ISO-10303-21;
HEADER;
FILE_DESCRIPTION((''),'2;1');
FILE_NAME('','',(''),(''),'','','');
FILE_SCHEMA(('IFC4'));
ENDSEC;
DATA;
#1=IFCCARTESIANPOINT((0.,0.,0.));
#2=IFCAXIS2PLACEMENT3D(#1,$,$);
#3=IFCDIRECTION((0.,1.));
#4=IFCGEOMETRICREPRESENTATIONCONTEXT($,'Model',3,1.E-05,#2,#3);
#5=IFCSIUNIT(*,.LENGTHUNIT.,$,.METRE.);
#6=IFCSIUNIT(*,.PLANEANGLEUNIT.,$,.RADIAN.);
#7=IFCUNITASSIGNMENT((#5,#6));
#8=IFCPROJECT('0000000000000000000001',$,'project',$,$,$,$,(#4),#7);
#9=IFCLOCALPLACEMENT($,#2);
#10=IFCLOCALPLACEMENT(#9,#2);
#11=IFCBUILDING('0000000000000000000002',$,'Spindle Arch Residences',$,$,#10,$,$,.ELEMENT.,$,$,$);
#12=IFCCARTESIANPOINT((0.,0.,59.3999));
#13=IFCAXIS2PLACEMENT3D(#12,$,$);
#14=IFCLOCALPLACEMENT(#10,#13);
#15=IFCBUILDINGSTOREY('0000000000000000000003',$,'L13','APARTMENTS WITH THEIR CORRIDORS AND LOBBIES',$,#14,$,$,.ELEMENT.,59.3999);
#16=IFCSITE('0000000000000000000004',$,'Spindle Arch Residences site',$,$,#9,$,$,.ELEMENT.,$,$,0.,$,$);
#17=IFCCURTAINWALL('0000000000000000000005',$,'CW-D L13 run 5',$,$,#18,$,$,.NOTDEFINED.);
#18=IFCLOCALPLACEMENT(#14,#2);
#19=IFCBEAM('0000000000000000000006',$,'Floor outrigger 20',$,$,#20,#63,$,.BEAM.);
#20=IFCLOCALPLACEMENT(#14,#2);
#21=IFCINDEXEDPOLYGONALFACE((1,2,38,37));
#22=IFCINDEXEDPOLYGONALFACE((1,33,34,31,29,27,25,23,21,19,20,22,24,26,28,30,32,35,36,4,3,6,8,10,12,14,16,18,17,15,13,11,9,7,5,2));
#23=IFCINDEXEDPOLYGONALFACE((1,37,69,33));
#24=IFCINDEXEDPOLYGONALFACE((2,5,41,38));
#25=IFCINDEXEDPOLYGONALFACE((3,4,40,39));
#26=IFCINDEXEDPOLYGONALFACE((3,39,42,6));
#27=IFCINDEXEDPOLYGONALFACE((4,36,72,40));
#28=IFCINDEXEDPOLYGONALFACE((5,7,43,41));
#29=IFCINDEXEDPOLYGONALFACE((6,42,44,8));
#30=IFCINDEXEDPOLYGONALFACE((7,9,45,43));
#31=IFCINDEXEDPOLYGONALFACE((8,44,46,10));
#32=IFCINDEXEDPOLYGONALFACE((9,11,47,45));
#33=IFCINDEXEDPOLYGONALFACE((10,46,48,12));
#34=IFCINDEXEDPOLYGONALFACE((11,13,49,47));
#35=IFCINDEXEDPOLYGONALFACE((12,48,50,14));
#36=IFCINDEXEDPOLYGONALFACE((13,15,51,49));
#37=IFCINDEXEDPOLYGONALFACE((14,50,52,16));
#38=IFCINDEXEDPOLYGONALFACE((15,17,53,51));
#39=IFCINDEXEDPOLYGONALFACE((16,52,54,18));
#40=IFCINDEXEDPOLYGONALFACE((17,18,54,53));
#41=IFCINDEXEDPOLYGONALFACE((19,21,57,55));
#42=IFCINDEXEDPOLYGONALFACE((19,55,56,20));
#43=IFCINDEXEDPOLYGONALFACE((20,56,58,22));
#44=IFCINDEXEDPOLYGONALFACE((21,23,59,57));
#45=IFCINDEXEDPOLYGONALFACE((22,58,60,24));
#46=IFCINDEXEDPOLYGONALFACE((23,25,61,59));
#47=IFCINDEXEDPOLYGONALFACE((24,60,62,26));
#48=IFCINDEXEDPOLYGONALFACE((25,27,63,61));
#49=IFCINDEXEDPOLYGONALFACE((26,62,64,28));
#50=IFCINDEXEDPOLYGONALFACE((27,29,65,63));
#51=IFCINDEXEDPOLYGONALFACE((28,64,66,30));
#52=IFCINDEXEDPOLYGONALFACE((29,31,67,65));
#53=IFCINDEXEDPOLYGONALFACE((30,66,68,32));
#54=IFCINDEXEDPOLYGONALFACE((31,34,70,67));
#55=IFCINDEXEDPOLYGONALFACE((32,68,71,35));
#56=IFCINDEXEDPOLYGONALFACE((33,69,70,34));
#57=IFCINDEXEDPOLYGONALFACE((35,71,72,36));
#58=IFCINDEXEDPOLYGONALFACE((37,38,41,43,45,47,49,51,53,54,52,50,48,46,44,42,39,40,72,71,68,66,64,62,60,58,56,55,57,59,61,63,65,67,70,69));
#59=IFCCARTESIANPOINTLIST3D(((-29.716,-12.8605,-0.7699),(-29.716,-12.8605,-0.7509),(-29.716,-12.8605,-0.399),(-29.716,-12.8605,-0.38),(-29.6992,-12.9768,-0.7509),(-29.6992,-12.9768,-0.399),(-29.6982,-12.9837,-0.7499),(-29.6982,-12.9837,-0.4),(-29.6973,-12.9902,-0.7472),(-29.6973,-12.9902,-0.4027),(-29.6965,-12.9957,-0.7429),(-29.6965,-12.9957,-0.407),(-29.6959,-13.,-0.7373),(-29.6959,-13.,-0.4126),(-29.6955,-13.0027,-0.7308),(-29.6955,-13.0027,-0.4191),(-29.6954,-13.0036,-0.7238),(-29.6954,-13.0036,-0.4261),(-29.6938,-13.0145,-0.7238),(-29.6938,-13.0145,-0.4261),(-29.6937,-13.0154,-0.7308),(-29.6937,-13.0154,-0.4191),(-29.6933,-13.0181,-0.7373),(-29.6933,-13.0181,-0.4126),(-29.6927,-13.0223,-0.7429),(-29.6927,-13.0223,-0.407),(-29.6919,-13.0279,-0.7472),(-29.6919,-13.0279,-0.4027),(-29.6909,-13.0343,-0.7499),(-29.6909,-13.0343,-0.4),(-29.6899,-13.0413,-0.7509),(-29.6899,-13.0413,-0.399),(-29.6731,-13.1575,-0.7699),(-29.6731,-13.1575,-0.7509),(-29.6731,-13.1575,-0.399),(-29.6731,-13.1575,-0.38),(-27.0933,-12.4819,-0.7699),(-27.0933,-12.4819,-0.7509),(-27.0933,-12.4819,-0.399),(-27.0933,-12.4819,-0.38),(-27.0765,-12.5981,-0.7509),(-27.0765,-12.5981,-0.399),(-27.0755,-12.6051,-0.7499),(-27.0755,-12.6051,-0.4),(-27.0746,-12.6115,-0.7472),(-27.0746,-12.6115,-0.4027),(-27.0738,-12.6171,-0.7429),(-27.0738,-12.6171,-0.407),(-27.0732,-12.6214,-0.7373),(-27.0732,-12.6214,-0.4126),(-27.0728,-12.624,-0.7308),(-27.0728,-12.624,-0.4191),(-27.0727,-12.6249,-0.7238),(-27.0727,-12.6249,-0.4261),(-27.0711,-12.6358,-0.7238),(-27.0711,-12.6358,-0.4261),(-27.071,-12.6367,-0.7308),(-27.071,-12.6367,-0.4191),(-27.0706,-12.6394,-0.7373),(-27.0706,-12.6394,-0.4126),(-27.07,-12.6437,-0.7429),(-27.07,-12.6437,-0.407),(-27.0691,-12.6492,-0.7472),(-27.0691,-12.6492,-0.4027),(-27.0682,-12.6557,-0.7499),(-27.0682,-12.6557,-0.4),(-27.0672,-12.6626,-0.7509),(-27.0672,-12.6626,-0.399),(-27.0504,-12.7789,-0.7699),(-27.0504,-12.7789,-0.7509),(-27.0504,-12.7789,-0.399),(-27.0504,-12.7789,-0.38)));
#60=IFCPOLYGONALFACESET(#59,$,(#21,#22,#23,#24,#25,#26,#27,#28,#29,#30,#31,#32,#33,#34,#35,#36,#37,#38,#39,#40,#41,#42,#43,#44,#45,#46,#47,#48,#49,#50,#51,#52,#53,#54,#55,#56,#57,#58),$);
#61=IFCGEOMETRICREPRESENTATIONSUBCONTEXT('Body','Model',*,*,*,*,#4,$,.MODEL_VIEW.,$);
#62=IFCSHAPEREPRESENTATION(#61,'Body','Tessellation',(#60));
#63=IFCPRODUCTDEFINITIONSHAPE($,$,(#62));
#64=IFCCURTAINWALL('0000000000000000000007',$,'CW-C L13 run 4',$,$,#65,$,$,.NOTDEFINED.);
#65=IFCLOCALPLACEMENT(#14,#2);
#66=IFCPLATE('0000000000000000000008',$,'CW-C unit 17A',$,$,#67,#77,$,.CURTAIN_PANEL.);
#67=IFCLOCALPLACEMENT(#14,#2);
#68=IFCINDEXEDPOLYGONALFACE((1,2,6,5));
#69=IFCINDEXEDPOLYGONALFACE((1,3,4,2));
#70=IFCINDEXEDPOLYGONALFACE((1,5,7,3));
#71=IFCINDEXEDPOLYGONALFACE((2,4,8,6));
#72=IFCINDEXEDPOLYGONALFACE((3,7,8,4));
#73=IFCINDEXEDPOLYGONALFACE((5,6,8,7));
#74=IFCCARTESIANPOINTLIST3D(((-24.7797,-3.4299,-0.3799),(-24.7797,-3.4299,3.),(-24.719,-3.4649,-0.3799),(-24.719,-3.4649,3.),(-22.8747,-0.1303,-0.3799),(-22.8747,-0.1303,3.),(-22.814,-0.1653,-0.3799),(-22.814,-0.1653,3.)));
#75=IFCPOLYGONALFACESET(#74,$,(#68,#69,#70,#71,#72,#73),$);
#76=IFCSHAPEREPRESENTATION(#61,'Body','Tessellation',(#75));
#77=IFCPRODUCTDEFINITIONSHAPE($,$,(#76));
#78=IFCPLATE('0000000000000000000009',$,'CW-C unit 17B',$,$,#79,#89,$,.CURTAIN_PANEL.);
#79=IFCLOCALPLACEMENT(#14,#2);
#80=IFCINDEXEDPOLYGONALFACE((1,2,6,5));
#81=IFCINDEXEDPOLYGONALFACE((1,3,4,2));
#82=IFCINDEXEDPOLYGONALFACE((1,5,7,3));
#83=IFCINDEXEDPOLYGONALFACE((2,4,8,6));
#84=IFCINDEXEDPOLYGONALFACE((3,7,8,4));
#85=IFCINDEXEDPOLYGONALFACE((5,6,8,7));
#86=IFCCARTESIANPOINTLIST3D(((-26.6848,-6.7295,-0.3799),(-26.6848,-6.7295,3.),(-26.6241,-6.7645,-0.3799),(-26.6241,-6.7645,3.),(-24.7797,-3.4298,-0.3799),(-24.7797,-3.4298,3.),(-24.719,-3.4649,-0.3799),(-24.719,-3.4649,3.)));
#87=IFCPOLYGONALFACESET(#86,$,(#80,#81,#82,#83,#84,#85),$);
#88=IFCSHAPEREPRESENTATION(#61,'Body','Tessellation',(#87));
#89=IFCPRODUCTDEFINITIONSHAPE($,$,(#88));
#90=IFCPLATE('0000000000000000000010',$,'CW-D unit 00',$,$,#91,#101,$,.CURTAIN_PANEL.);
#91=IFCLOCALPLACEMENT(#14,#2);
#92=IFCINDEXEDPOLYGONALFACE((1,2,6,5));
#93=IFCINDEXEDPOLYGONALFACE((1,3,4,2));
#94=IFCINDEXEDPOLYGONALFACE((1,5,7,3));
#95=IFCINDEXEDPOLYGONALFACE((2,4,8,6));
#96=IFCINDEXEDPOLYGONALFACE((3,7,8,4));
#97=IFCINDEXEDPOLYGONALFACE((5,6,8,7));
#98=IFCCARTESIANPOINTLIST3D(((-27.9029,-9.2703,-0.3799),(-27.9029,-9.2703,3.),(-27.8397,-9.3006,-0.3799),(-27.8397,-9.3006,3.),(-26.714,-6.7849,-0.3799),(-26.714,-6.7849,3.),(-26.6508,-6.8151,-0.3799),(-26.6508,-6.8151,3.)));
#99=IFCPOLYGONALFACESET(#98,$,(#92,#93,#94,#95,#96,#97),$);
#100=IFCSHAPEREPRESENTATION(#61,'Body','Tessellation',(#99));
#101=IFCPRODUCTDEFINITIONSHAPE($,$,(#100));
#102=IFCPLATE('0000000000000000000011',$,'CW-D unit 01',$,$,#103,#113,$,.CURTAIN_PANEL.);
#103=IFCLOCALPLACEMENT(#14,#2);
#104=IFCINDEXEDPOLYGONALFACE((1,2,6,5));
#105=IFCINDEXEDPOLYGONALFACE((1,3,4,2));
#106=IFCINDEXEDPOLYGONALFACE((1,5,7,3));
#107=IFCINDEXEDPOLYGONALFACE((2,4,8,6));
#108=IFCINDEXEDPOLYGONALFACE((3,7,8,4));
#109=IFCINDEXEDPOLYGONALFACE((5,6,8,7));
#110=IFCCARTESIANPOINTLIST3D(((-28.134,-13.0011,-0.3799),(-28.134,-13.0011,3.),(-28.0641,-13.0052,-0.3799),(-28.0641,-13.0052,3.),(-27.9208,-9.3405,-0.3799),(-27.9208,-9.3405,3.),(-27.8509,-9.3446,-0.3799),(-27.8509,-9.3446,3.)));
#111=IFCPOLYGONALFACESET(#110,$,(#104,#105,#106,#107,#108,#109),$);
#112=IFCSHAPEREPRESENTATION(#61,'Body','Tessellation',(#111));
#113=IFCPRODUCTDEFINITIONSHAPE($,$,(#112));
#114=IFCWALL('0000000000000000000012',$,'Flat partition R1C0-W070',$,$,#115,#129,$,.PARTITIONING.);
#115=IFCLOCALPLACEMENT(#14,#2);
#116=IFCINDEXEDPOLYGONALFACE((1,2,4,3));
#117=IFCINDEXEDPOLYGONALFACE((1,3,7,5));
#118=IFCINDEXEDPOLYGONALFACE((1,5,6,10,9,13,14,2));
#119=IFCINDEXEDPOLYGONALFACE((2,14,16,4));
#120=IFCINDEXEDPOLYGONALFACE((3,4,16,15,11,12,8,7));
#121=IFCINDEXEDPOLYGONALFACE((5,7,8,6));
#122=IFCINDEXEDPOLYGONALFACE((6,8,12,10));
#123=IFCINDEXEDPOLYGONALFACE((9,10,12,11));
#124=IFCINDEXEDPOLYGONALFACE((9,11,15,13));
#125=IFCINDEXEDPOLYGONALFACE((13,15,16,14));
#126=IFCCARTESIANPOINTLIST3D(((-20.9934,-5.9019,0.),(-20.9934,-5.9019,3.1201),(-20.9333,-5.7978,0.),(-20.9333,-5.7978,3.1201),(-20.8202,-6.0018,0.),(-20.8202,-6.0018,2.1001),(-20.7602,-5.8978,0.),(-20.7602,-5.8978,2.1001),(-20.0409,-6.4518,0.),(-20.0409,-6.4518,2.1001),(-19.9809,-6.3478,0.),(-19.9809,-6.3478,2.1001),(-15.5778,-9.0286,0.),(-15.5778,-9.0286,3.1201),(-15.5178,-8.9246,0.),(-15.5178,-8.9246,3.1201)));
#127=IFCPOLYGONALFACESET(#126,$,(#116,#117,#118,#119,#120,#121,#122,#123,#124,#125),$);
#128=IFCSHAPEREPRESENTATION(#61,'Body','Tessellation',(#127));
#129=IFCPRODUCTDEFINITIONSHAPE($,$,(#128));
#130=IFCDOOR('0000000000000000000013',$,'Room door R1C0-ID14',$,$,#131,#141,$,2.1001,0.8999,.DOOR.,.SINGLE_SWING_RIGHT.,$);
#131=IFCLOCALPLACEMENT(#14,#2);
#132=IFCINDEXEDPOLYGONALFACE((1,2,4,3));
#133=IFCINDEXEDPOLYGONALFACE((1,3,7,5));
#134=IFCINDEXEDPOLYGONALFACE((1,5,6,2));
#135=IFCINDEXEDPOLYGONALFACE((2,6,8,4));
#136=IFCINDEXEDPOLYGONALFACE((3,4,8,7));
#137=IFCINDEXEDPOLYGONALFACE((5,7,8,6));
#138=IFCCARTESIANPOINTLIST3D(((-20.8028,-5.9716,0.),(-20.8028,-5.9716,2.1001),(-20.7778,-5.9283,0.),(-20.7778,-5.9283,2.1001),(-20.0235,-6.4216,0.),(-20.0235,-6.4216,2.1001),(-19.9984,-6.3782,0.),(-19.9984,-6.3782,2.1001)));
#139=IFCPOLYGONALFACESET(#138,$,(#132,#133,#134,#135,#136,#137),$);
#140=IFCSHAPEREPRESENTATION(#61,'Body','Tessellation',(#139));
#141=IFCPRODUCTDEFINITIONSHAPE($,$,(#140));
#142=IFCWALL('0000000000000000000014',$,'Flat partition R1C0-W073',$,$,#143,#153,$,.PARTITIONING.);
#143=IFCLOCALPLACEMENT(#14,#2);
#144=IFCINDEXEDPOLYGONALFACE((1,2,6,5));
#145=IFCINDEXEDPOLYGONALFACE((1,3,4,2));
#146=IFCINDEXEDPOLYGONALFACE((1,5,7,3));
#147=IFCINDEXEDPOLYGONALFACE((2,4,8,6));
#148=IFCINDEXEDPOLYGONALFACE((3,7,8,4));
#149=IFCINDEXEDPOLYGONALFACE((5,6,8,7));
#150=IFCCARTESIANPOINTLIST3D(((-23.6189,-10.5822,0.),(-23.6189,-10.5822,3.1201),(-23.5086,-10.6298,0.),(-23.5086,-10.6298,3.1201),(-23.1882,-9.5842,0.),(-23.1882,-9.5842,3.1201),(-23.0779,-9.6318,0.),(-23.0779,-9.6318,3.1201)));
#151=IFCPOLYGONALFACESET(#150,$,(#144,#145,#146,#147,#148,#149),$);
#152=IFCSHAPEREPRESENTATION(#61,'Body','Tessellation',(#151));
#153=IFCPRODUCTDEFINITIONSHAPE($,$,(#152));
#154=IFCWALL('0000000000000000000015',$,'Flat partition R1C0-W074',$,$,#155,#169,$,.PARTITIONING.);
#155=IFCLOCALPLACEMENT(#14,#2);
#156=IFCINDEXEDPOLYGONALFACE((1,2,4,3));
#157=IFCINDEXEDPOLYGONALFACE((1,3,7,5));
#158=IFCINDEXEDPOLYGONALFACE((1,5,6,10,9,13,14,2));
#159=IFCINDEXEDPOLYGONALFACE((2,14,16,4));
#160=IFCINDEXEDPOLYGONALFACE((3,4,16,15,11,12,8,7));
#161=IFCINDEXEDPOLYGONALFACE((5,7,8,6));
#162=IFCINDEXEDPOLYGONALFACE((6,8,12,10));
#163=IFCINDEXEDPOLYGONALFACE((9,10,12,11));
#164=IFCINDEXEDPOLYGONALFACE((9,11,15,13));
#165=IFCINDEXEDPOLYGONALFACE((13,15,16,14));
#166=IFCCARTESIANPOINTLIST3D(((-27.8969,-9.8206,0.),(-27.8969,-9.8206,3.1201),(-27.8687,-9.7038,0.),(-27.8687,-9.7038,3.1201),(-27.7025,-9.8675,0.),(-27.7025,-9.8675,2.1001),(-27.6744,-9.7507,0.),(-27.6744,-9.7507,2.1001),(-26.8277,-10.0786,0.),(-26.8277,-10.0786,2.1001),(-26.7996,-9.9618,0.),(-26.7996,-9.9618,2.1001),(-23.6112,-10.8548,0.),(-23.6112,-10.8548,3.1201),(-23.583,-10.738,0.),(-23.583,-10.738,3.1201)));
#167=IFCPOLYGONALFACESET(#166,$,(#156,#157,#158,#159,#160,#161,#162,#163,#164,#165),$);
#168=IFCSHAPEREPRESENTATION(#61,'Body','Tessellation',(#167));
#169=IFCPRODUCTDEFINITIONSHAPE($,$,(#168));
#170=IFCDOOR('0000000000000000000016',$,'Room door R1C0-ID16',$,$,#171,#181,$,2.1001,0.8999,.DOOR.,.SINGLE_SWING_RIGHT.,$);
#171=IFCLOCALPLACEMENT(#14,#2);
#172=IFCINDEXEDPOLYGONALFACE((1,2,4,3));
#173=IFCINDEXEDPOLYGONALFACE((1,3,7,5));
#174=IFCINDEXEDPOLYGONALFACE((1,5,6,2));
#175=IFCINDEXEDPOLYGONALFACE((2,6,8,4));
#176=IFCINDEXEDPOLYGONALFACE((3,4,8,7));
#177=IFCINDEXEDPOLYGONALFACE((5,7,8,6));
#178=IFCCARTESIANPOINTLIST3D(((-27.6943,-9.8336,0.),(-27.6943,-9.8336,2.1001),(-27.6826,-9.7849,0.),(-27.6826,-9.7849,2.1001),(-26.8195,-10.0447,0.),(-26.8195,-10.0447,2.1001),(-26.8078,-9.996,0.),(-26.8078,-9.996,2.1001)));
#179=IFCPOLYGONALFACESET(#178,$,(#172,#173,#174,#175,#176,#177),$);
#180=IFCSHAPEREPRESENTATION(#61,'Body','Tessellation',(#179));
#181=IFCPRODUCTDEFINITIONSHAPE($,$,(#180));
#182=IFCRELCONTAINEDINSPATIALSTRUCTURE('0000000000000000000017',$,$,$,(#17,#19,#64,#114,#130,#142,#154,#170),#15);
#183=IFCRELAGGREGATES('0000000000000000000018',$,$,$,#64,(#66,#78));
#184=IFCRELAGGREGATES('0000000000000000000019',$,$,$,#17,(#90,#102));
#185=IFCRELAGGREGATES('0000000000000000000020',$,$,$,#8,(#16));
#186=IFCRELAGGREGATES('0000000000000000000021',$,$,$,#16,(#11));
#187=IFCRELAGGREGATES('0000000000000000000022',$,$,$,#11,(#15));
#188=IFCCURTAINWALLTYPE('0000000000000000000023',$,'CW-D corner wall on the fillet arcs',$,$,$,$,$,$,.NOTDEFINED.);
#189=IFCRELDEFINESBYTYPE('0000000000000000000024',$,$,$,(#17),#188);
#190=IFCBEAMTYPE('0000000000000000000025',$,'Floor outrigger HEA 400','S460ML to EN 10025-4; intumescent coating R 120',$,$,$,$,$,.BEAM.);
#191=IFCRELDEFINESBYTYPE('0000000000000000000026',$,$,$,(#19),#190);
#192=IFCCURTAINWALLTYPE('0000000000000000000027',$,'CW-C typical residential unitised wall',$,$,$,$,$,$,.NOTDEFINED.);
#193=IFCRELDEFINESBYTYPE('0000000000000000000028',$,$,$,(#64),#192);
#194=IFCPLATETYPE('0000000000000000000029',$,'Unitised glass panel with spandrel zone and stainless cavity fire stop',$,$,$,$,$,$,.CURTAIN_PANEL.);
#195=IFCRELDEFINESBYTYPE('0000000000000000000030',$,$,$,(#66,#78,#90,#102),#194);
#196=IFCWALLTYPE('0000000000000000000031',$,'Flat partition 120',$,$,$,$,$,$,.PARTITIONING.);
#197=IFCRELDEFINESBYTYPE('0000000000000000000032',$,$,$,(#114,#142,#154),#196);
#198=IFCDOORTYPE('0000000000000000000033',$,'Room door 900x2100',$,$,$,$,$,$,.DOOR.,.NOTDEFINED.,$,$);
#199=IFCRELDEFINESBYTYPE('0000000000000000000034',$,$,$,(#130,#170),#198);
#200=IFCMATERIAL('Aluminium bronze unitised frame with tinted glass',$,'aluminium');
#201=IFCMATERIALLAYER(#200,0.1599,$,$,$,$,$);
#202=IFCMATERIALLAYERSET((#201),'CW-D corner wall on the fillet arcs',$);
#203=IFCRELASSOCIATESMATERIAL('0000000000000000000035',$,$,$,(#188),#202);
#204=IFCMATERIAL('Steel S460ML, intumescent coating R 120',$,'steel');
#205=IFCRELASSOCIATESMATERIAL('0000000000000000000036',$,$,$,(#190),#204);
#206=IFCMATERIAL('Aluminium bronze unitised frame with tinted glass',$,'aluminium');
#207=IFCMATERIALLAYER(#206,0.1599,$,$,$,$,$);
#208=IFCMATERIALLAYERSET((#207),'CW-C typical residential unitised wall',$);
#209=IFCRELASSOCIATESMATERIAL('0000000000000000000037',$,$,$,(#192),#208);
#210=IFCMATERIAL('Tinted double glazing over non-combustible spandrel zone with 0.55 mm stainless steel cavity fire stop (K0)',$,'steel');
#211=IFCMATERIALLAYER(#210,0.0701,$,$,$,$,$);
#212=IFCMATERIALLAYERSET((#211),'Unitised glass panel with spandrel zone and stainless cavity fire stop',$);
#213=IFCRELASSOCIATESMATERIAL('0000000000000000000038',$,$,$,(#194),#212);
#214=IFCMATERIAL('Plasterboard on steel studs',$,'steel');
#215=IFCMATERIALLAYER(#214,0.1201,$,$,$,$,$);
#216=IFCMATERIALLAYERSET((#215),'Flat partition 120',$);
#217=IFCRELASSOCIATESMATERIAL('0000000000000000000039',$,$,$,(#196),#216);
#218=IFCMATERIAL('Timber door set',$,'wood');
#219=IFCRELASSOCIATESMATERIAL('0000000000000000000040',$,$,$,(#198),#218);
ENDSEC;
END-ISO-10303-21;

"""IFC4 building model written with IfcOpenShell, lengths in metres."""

from ifc_helpers import new_model, si_unit, direction, frame, frame_2d, origin, origin_2d, place, context, subcontext, project, spatial, rectangle, i_section, extrude, material, layer, layer_set, material_profile, profile_set, type_object, element, fill, aggregate, save


model = new_model("IFC4")

# Units and contexts
model_context = context("Model", 3, precision=1e-05, world=origin(), true_north=direction((0.0, 1.0)))
body_context = subcontext(model_context, "Body", "Model", "MODEL_VIEW")
ifc_project = project(units=[si_unit("LENGTHUNIT", "METRE"), si_unit("PLANEANGLEUNIT", "RADIAN")], contexts=[model_context])

# Site, building, storey
site_placement = place(None, origin())
site = spatial("IfcSite", under=ifc_project, at=site_placement, Name="Spindle Arch Residences site", CompositionType="ELEMENT", RefElevation=0.0)
building_placement = place(site_placement, origin())
building = spatial("IfcBuilding", under=site, at=building_placement, Name="Spindle Arch Residences", CompositionType="ELEMENT")
storey_placement = place(building_placement, frame((0.0, 0.0, 59.3999)))
storey = spatial("IfcBuildingStorey", under=building, at=storey_placement, Name="L13", Description="APARTMENTS WITH THEIR CORRIDORS AND LOBBIES", CompositionType="ELEMENT", Elevation=59.3999)

# Curtain wall
ifc_material_1 = material(Name="Aluminium bronze unitised frame with tinted glass", Category="aluminium")
ifc_layer_1 = layer(ifc_material_1, 0.1599)
ifc_layer_set_1 = layer_set([ifc_layer_1], Name="CW-D corner wall on the fillet arcs")
curtain_wall_type_1 = type_object("IfcCurtainWallType", Name="CW-D corner wall on the fillet arcs", PredefinedType="NOTDEFINED", material=ifc_layer_set_1)
curtain_wall_1_placement = place(storey_placement, origin())
curtain_wall_1 = element("IfcCurtainWall", 1, at=curtain_wall_1_placement, inside=storey, type_object=curtain_wall_type_1, Name="CW-D L13 run 5", PredefinedType="NOTDEFINED")

# Beam
ifc_material_2 = material(Name="Steel S460ML, intumescent coating R 120", Category="steel")
ifc_material_profile_1 = material_profile(ifc_material_2, i_section(OverallWidth=0.3, OverallDepth=0.3899, WebThickness=0.011, FlangeThickness=0.019, FilletRadius=0.0271, at=origin_2d()), Name="HEA 400")
ifc_profile_set_1 = profile_set([ifc_material_profile_1], Name="Steel S460ML, intumescent coating R 120")
beam_type_1 = type_object("IfcBeamType", Name="Floor outrigger HEA 400", Description="S460ML to EN 10025-4; intumescent coating R 120", PredefinedType="BEAM", material=ifc_profile_set_1)
beam_1_placement = place(storey_placement, frame((-29.6946, -13.009, -0.575), z_axis=(0.989738, 0.142892, 0.0), x_axis=(-0.142892, 0.989738, 0.0)))
element("IfcBeam", 2, at=beam_1_placement, inside=storey, type_object=beam_type_1, Name="Floor outrigger 20", PredefinedType="BEAM", context=body_context, shape_type="SweptSolid", body=[
    extrude(i_section(OverallWidth=0.3, OverallDepth=0.3899, WebThickness=0.011, FlangeThickness=0.019, FilletRadius=0.0271, at=origin_2d()), origin(), (0.0, 0.0, 1.0), 2.6499),
])

# Curtain wall, plates
ifc_material_3 = material(Name="Aluminium bronze unitised frame with tinted glass", Category="aluminium")
ifc_layer_2 = layer(ifc_material_3, 0.1599)
ifc_layer_set_2 = layer_set([ifc_layer_2], Name="CW-C typical residential unitised wall")
curtain_wall_type_2 = type_object("IfcCurtainWallType", Name="CW-C typical residential unitised wall", PredefinedType="NOTDEFINED", material=ifc_layer_set_2)
curtain_wall_2_placement = place(storey_placement, origin())
curtain_wall_2 = element("IfcCurtainWall", 3, at=curtain_wall_2_placement, inside=storey, type_object=curtain_wall_type_2, Name="CW-C L13 run 4", PredefinedType="NOTDEFINED")
ifc_material_4 = material(Name="Tinted double glazing over non-combustible spandrel zone with 0.55 mm stainless steel cavity fire stop (K0)", Category="steel")
ifc_layer_3 = layer(ifc_material_4, 0.0701)
ifc_layer_set_3 = layer_set([ifc_layer_3], Name="Unitised glass panel with spandrel zone and stainless cavity fire stop")
plate_type = type_object("IfcPlateType", Name="Unitised glass panel with spandrel zone and stainless cavity fire stop", PredefinedType="CURTAIN_PANEL", material=ifc_layer_set_3)
plate_1_placement = place(storey_placement, frame((-23.7969, -1.7976, -0.3799), z_axis=(0.0, 0.0, 1.0), x_axis=(-0.5, -0.866025, 0.0)))
plate_1 = element("IfcPlate", 4, at=plate_1_placement, type_object=plate_type, Name="CW-C unit 17A", PredefinedType="CURTAIN_PANEL", context=body_context, shape_type="SweptSolid", body=[
    extrude(rectangle(XDim=3.8101, YDim=0.0701, at=origin_2d()), origin(), (0.0, 0.0, 1.0), 3.3799),
])
plate_2_placement = place(storey_placement, frame((-25.7019, -5.0972, -0.3799), z_axis=(0.0, 0.0, 1.0), x_axis=(-0.5, -0.866025, 0.0)))
plate_2 = element("IfcPlate", 5, at=plate_2_placement, type_object=plate_type, Name="CW-C unit 17B", PredefinedType="CURTAIN_PANEL", context=body_context, shape_type="SweptSolid", body=[
    extrude(rectangle(XDim=3.8101, YDim=0.0701, at=origin_2d()), origin(), (0.0, 0.0, 1.0), 3.3799),
])
aggregate(curtain_wall_2, [plate_1, plate_2])

# Plates
plate_3_placement = place(storey_placement, frame((-27.2769, -8.0427, -0.3799), z_axis=(0.0, 0.0, 1.0), x_axis=(-0.431502, -0.902112, 0.0)))
plate_3 = element("IfcPlate", 6, at=plate_3_placement, type_object=plate_type, Name="CW-D unit 00", PredefinedType="CURTAIN_PANEL", context=body_context, shape_type="SweptSolid", body=[
    extrude(rectangle(XDim=2.7551, YDim=0.0701, at=origin_2d()), origin(), (0.0, 0.0, 1.0), 3.3799),
])
plate_4_placement = place(storey_placement, frame((-27.9924, -11.1729, -0.3799), z_axis=(0.0, 0.0, 1.0), x_axis=(-0.058145, -0.998308, 0.0)))
plate_4 = element("IfcPlate", 7, at=plate_4_placement, type_object=plate_type, Name="CW-D unit 01", PredefinedType="CURTAIN_PANEL", context=body_context, shape_type="SweptSolid", body=[
    extrude(rectangle(XDim=3.6667, YDim=0.0701, at=origin_2d()), origin(), (0.0, 0.0, 1.0), 3.3799),
])
aggregate(curtain_wall_1, [plate_3, plate_4])

# Wall, opening, door
ifc_material_5 = material(Name="Plasterboard on steel studs", Category="steel")
ifc_layer_4 = layer(ifc_material_5, 0.1201)
ifc_layer_set_4 = layer_set([ifc_layer_4], Name="Flat partition 120")
wall_type_1 = type_object("IfcWallType", Name="Flat partition 120", PredefinedType="PARTITIONING", material=ifc_layer_set_4)
wall_1_placement = place(storey_placement, frame((-20.9634, -5.8499, 0.0), z_axis=(0.0, 0.0, 1.0), x_axis=(0.866022, -0.500006, 0.0)))
wall_1 = element("IfcWall", 8, at=wall_1_placement, inside=storey, type_object=wall_type_1, Name="Flat partition R1C0-W070", PredefinedType="PARTITIONING", context=body_context, shape_type="SweptSolid", body=[
    extrude(rectangle(XDim=6.2534, YDim=0.1201, at=frame_2d((3.1267, 0.0))), origin(), (0.0, 0.0, 1.0), 3.1201),
])
opening_1_placement = place(wall_1_placement, frame((0.2, 0.0, 0.0)))
opening_1 = element("IfcOpeningElement", 9, at=opening_1_placement, cuts=wall_1, PredefinedType="OPENING", context=body_context, shape_type="SweptSolid", body=[
    extrude(rectangle(XDim=0.8999, YDim=2.1001, at=frame_2d((0.45, 1.05))), frame((0.0, 0.0701, 0.0), z_axis=(0.0, -1.0, 0.0), x_axis=(1.0, 0.0, 0.0)), (0.0, 0.0, 1.0), 0.1401),
])
ifc_material_6 = material(Name="Timber door set", Category="wood")
door_type = type_object("IfcDoorType", Name="Room door 900x2100", OperationType="NOTDEFINED", PredefinedType="DOOR", material=ifc_material_6)
door_1_placement = place(opening_1_placement, origin())
door_1 = element("IfcDoor", 10, at=door_1_placement, inside=storey, type_object=door_type, Name="Room door R1C0-ID14", OperationType="SINGLE_SWING_RIGHT", OverallHeight=2.1001, OverallWidth=0.8999, PredefinedType="DOOR", context=body_context, shape_type="SweptSolid", body=[
    extrude(rectangle(XDim=0.8999, YDim=2.1001, at=frame_2d((0.45, 1.05))), frame((0.0, 0.0249, 0.0), z_axis=(0.0, -1.0, 0.0), x_axis=(1.0, 0.0, 0.0)), (0.0, 0.0, 1.0), 0.05),
])
fill(opening_1, door_1)

# Wall
wall_2_placement = place(storey_placement, frame((-23.5637, -10.606, 0.0), z_axis=(0.0, 0.0, 1.0), x_axis=(0.396195, 0.918166, 0.0)))
element("IfcWall", 11, at=wall_2_placement, inside=storey, type_object=wall_type_1, Name="Flat partition R1C0-W073", PredefinedType="PARTITIONING", context=body_context, shape_type="SweptSolid", body=[
    extrude(rectangle(XDim=1.0869, YDim=0.1201, at=frame_2d((0.5435, 0.0))), origin(), (0.0, 0.0, 1.0), 3.1201),
])

# Wall, opening, door
wall_3_placement = place(storey_placement, frame((-27.8828, -9.7622, 0.0), z_axis=(0.0, 0.0, 1.0), x_axis=(0.972097, -0.234579, 0.0)))
wall_3 = element("IfcWall", 12, at=wall_3_placement, inside=storey, type_object=wall_type_1, Name="Flat partition R1C0-W074", PredefinedType="PARTITIONING", context=body_context, shape_type="SweptSolid", body=[
    extrude(rectangle(XDim=4.4087, YDim=0.1201, at=frame_2d((2.2043, 0.0))), origin(), (0.0, 0.0, 1.0), 3.1201),
])
opening_2_placement = place(wall_3_placement, frame((0.2, 0.0, 0.0)))
opening_2 = element("IfcOpeningElement", 13, at=opening_2_placement, cuts=wall_3, PredefinedType="OPENING", context=body_context, shape_type="SweptSolid", body=[
    extrude(rectangle(XDim=0.8999, YDim=2.1001, at=frame_2d((0.45, 1.05))), frame((0.0, 0.0701, 0.0), z_axis=(0.0, -1.0, 0.0), x_axis=(1.0, 0.0, 0.0)), (0.0, 0.0, 1.0), 0.1401),
])
door_2_placement = place(opening_2_placement, origin())
door_2 = element("IfcDoor", 14, at=door_2_placement, inside=storey, type_object=door_type, Name="Room door R1C0-ID16", OperationType="SINGLE_SWING_RIGHT", OverallHeight=2.1001, OverallWidth=0.8999, PredefinedType="DOOR", context=body_context, shape_type="SweptSolid", body=[
    extrude(rectangle(XDim=0.8999, YDim=2.1001, at=frame_2d((0.45, 1.05))), frame((0.0, 0.0249, 0.0), z_axis=(0.0, -1.0, 0.0), x_axis=(1.0, 0.0, 0.0)), (0.0, 0.0, 1.0), 0.05),
])
fill(opening_2, door_2)

save(model, "model.ifc")
